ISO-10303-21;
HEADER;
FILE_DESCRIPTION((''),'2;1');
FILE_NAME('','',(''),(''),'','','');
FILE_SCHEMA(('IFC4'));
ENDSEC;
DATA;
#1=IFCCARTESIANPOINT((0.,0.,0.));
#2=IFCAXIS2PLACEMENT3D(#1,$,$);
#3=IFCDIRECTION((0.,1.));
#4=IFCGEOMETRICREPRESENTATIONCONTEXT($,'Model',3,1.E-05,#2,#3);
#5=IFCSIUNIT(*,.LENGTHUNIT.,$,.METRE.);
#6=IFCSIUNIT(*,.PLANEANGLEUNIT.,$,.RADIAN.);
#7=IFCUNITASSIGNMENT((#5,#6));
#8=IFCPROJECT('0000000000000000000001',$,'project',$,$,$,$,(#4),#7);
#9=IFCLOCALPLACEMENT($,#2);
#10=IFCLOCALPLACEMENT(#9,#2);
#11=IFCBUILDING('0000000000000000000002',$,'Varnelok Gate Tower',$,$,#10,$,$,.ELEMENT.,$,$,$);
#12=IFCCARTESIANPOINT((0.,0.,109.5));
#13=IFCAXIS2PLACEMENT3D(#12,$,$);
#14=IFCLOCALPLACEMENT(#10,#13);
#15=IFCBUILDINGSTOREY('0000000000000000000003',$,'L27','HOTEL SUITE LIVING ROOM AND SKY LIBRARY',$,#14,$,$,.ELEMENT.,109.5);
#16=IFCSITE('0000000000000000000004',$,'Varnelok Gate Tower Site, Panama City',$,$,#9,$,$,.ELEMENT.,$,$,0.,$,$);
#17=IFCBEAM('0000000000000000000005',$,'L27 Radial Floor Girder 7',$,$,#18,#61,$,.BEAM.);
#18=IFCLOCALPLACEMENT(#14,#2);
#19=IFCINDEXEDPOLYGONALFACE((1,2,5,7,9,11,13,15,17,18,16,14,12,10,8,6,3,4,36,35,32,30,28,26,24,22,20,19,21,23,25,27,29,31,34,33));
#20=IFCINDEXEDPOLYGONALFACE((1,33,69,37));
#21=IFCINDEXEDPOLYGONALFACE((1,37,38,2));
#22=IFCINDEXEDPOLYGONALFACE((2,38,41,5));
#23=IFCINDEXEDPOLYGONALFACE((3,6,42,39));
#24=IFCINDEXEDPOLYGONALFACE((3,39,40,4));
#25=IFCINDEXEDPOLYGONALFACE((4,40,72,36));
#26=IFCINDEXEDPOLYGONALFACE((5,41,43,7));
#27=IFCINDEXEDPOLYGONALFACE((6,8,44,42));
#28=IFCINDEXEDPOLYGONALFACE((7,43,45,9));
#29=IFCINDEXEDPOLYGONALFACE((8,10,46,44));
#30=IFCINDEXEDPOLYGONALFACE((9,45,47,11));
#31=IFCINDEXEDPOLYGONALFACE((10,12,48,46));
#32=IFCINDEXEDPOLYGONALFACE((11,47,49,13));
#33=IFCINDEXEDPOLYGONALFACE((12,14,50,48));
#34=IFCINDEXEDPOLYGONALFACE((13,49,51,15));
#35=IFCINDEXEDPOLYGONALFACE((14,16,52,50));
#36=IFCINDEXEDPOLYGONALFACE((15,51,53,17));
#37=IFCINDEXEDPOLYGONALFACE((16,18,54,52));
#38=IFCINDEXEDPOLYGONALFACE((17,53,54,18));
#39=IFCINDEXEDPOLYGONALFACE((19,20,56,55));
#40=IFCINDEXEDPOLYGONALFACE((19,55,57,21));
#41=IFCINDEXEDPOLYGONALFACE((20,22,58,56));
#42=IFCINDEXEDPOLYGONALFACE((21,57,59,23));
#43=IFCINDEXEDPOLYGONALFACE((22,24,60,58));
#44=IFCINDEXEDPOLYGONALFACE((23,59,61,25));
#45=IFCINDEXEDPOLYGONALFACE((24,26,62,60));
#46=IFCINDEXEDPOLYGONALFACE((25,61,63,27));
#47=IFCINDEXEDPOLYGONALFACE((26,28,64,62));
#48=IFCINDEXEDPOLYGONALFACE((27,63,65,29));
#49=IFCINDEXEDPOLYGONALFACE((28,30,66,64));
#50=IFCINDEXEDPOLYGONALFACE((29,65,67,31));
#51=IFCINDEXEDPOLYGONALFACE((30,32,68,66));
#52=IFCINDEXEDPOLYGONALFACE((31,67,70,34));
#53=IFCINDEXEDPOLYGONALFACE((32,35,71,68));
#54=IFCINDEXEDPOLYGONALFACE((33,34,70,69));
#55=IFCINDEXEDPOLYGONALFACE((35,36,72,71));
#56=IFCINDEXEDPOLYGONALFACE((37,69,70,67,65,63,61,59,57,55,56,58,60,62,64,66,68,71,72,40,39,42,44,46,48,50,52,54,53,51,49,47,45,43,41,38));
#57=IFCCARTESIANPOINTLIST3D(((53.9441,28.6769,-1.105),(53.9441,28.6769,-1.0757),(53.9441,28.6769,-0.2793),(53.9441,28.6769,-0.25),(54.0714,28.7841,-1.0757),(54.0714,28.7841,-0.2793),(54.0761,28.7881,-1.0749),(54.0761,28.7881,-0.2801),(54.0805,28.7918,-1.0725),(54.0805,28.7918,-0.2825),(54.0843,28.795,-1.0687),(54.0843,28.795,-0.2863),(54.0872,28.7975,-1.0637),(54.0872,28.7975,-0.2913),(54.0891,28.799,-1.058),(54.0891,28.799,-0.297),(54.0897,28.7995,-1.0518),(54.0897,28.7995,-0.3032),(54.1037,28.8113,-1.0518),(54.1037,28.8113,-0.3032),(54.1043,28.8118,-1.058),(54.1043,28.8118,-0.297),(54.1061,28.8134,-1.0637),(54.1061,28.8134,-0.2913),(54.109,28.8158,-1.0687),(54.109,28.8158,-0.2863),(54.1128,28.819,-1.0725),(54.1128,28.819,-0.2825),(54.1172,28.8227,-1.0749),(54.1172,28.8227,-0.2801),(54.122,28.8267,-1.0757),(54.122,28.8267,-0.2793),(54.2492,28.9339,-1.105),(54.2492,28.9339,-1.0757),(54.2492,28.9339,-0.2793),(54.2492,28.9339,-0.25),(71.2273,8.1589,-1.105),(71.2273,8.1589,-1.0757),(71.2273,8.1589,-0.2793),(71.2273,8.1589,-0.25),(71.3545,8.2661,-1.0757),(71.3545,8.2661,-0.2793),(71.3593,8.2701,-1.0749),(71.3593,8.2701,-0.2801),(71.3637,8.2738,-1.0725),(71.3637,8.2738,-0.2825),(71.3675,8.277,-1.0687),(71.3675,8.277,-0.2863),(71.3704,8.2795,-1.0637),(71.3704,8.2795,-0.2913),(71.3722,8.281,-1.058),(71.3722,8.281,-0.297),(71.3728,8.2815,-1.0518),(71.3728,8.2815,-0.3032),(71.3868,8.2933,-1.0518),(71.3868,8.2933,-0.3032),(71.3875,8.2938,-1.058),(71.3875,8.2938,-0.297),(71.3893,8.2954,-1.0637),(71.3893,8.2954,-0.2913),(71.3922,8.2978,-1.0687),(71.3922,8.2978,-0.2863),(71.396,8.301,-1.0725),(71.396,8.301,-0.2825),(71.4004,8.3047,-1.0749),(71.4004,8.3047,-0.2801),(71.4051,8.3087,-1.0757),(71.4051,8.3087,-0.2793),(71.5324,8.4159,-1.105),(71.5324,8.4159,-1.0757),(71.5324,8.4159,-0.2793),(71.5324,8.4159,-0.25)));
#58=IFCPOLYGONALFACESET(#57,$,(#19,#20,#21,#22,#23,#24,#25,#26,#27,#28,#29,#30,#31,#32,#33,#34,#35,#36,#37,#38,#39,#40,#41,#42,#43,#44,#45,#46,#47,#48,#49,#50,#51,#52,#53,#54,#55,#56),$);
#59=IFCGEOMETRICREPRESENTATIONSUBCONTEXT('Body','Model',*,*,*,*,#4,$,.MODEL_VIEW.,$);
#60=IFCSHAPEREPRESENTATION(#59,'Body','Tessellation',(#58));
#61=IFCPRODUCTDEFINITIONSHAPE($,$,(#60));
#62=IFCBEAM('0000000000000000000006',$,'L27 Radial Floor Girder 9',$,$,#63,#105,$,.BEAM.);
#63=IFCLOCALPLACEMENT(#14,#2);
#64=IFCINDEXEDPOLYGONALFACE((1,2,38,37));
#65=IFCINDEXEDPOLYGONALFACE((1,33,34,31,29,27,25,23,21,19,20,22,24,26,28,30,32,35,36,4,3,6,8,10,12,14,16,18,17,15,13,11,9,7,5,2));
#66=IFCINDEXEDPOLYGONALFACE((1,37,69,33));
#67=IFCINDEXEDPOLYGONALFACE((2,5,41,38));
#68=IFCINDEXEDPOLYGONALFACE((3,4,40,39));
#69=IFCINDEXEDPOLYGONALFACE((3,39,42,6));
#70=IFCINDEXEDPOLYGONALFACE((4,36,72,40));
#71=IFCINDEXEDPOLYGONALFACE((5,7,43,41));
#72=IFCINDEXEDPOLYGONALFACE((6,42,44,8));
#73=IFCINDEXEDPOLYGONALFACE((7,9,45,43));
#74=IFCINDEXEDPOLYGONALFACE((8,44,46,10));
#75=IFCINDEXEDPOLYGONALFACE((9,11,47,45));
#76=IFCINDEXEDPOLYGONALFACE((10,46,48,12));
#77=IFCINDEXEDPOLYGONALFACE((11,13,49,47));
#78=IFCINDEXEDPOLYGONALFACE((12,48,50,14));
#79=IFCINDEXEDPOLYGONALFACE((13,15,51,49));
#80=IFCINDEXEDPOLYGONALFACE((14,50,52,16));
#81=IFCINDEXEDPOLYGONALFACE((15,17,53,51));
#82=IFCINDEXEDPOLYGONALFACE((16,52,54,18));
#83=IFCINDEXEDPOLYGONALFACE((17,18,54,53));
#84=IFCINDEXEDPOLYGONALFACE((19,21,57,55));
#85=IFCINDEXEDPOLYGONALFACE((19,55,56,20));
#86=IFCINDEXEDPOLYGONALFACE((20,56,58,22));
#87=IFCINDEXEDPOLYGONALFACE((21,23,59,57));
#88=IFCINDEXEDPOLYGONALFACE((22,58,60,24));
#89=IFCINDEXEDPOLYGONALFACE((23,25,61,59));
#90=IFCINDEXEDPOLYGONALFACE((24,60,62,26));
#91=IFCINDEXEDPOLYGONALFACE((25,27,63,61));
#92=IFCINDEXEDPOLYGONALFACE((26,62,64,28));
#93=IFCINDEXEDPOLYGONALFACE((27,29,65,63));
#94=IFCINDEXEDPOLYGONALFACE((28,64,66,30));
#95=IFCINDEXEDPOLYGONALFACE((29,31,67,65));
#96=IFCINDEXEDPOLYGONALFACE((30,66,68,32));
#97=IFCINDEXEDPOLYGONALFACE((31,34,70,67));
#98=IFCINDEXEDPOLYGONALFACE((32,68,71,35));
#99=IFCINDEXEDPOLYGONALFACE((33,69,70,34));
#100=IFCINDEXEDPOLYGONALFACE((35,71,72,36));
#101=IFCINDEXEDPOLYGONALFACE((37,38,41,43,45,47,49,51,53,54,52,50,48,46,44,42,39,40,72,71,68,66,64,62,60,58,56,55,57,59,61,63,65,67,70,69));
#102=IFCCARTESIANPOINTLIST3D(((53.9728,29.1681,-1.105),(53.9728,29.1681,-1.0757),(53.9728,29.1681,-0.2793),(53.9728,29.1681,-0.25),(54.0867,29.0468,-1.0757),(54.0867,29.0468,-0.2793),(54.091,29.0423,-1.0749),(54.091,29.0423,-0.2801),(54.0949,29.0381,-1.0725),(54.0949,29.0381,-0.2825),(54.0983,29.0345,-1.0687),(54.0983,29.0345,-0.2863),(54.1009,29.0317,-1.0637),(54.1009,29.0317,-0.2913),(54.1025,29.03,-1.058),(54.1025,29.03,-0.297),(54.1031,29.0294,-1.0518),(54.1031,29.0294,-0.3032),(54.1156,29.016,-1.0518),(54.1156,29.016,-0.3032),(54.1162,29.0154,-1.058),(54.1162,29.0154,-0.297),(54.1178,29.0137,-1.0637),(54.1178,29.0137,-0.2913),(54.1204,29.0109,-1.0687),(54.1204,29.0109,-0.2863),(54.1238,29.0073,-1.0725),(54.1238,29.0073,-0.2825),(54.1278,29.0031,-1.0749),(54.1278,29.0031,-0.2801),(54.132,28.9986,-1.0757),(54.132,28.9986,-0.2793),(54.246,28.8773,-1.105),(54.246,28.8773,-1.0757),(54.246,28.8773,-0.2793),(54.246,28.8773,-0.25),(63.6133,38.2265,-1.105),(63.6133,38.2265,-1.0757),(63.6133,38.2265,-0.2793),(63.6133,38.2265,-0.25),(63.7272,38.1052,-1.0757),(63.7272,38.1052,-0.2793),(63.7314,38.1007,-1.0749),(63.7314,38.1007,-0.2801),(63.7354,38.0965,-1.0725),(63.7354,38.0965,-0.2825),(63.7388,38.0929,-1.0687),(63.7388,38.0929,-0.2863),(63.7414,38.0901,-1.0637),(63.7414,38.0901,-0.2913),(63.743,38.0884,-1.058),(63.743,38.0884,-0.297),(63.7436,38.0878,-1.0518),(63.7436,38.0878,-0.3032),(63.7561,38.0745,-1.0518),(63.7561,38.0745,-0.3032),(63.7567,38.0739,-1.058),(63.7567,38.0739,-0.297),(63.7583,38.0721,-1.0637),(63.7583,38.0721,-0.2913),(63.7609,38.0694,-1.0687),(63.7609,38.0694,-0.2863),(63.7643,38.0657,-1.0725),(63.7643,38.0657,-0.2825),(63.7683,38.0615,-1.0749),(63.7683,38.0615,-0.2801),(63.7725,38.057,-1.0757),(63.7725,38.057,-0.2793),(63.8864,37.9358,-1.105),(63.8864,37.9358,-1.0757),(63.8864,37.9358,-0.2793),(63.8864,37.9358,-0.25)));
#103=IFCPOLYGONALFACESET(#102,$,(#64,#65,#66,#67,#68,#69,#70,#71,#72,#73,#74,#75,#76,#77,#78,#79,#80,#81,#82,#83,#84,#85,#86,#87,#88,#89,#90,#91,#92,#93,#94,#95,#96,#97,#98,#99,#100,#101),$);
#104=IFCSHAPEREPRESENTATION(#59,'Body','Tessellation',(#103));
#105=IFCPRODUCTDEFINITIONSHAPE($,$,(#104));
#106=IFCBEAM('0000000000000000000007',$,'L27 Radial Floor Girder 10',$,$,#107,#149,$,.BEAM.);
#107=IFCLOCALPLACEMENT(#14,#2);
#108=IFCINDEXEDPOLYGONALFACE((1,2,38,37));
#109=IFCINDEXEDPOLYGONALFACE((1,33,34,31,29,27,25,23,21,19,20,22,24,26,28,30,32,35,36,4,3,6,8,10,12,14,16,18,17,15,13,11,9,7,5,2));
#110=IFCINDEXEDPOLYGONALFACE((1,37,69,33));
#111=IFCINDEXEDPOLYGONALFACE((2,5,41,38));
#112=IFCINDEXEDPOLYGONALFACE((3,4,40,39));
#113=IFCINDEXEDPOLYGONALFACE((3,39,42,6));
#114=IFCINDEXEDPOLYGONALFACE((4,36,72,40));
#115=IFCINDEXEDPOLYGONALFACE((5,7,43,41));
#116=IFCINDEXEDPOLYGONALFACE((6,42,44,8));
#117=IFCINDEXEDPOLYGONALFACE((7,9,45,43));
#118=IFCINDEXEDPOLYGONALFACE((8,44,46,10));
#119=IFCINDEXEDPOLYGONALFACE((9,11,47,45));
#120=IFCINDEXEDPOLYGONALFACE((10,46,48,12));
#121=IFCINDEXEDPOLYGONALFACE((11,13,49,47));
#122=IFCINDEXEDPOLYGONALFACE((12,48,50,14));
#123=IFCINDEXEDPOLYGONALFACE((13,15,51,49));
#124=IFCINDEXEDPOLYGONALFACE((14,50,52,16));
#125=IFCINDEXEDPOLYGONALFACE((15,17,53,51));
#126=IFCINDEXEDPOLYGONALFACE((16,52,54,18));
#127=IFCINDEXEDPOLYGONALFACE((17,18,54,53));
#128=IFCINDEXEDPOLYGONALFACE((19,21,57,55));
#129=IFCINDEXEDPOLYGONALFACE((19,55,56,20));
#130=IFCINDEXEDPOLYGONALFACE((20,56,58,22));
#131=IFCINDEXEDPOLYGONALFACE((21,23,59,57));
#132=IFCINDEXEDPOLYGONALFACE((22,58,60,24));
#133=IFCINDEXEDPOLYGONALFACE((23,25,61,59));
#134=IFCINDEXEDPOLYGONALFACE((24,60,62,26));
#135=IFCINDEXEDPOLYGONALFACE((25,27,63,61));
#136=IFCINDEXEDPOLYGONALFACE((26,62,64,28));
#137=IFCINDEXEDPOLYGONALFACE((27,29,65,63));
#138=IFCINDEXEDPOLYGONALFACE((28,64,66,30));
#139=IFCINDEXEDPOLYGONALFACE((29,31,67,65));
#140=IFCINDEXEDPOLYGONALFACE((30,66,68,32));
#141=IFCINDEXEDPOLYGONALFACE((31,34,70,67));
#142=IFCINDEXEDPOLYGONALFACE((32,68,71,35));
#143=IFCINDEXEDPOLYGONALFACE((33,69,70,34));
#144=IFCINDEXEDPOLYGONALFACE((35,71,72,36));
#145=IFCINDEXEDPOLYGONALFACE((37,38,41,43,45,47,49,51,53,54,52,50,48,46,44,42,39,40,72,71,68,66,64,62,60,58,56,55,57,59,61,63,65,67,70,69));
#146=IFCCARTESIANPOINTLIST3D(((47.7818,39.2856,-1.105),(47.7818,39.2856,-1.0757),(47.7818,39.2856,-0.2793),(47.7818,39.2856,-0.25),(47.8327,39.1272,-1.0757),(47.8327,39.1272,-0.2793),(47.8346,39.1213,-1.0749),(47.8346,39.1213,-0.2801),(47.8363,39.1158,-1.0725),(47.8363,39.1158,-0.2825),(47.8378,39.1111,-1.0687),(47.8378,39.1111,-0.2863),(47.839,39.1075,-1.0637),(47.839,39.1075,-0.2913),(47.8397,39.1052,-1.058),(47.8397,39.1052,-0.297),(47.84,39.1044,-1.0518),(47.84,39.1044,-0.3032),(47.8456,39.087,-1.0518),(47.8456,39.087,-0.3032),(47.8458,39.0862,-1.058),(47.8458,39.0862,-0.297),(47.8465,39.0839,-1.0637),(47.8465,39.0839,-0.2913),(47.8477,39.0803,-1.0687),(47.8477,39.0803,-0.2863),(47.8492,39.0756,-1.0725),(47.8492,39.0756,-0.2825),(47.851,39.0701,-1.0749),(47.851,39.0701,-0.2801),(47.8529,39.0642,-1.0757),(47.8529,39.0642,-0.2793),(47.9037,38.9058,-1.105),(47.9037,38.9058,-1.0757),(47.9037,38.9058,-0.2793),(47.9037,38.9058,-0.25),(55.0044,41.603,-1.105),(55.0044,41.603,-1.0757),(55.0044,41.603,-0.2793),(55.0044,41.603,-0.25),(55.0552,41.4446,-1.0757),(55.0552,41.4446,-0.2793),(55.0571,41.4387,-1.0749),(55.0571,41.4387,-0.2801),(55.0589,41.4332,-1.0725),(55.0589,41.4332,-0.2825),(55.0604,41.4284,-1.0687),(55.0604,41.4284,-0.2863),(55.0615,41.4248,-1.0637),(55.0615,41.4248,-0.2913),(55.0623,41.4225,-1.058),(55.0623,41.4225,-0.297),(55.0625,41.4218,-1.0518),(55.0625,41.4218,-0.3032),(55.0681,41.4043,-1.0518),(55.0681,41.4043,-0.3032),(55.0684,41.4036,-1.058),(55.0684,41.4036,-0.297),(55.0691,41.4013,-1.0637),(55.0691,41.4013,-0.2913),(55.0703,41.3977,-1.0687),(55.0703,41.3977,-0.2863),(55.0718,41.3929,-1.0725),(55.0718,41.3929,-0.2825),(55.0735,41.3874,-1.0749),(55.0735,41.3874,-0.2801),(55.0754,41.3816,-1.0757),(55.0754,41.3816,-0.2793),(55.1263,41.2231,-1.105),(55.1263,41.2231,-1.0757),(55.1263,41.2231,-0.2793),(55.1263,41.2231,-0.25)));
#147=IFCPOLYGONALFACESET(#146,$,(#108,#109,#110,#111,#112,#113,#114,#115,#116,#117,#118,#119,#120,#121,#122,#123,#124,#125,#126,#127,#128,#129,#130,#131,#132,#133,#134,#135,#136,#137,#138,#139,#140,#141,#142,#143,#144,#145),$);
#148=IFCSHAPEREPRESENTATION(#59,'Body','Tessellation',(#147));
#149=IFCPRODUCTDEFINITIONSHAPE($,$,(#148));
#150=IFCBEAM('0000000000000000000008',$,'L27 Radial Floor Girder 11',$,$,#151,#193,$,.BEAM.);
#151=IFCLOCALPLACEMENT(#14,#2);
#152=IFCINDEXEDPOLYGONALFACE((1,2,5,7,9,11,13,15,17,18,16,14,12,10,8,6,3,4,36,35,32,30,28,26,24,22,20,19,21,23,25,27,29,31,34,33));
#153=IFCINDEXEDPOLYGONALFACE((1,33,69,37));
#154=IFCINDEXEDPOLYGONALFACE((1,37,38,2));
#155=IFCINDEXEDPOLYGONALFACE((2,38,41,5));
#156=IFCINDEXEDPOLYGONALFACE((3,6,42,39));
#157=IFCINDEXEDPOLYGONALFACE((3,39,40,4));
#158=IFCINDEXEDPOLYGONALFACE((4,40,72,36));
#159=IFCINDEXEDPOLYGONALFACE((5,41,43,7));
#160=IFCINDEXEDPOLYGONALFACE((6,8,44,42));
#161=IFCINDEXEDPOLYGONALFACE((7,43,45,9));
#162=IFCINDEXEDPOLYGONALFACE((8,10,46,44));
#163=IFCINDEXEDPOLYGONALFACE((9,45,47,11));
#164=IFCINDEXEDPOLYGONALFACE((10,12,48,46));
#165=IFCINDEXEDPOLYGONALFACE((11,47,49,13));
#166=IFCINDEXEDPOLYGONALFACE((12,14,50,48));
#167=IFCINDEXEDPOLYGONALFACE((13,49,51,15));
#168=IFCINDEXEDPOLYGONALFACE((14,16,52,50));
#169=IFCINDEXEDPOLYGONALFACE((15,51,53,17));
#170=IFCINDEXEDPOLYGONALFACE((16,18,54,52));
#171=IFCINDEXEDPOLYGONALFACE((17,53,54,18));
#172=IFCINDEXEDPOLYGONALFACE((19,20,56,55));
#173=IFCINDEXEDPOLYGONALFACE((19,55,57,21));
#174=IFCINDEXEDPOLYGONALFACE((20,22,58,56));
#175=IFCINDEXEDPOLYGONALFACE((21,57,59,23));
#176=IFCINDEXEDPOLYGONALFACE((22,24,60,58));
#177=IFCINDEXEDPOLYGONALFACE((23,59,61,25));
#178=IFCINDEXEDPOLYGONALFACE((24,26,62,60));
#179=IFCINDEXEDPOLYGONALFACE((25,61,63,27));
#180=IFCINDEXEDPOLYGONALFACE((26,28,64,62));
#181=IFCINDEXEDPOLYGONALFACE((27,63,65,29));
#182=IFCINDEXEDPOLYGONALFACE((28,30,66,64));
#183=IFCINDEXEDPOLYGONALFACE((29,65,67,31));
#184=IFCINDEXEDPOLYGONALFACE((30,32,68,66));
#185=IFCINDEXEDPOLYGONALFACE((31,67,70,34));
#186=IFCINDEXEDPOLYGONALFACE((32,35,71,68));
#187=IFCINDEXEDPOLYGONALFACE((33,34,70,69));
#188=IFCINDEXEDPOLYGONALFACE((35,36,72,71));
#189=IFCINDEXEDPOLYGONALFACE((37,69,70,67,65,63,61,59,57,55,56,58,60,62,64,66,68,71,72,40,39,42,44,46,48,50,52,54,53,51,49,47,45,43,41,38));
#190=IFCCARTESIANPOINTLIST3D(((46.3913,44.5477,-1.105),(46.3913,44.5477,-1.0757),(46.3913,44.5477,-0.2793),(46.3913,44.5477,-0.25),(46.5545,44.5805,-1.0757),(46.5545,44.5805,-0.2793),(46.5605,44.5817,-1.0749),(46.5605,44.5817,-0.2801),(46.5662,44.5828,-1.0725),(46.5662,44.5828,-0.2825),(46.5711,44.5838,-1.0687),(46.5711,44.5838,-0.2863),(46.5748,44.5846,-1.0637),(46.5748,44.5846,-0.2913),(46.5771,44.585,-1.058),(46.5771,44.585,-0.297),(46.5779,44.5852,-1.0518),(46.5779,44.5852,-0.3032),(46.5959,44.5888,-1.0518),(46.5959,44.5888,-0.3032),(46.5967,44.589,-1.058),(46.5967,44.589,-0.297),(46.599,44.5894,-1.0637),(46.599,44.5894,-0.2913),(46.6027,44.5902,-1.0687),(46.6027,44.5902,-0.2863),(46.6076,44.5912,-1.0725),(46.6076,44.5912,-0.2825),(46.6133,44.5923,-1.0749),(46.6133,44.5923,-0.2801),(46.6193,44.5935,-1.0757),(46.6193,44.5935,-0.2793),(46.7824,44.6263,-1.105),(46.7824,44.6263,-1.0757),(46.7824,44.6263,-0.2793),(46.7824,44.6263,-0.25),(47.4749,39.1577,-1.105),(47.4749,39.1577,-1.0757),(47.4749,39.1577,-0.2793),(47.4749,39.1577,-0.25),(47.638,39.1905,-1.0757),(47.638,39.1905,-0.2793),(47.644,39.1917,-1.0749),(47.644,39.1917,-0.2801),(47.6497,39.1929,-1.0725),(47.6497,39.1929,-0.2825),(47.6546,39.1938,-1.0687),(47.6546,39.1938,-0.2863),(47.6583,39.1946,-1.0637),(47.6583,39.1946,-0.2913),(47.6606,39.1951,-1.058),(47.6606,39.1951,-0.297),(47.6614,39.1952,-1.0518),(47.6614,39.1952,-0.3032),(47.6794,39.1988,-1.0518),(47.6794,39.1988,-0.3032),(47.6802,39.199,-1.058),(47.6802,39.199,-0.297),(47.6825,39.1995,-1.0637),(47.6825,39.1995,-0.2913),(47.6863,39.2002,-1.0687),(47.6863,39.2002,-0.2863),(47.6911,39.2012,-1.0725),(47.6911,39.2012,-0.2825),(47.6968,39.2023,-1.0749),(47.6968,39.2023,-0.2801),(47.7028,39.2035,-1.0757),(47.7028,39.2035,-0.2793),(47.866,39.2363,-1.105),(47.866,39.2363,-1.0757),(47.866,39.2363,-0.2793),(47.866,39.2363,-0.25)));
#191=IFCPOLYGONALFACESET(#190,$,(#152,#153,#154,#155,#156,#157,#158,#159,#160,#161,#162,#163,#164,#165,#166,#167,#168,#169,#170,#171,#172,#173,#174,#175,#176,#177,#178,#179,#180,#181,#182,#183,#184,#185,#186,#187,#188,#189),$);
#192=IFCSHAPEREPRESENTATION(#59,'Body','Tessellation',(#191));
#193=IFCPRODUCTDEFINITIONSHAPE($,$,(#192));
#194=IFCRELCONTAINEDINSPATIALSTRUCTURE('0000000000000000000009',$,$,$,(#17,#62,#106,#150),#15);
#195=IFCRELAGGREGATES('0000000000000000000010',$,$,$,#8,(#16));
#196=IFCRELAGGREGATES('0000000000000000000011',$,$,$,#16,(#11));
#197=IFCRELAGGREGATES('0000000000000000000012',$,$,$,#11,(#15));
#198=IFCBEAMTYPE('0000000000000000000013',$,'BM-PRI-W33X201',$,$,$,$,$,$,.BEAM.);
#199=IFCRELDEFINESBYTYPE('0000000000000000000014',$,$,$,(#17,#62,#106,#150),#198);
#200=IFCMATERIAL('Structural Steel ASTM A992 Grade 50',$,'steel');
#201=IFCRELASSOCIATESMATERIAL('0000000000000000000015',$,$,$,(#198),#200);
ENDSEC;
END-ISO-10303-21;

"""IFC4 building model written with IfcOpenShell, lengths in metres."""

from ifc_helpers import new_model, si_unit, direction, frame, origin, origin_2d, place, context, subcontext, project, spatial, i_section, extrude, material, material_profile, profile_set, type_object, element, save


model = new_model("IFC4")

# Units and contexts
model_context = context("Model", 3, precision=1e-05, world=origin(), true_north=direction((0.0, 1.0)))
body_context = subcontext(model_context, "Body", "Model", "MODEL_VIEW")
ifc_project = project(units=[si_unit("LENGTHUNIT", "METRE"), si_unit("PLANEANGLEUNIT", "RADIAN")], contexts=[model_context])

# Site, building, storey
site_placement = place(None, origin())
site = spatial("IfcSite", under=ifc_project, at=site_placement, Name="Varnelok Gate Tower Site, Panama City", CompositionType="ELEMENT", RefElevation=0.0)
building_placement = place(site_placement, origin())
building = spatial("IfcBuilding", under=site, at=building_placement, Name="Varnelok Gate Tower", CompositionType="ELEMENT")
storey_placement = place(building_placement, frame((0.0, 0.0, 109.5)))
storey = spatial("IfcBuildingStorey", under=building, at=storey_placement, Name="L27", Description="HOTEL SUITE LIVING ROOM AND SKY LIBRARY", CompositionType="ELEMENT", Elevation=109.5)

# Shared definitions
ifc_material_1 = material(Name="Structural Steel ASTM A992 Grade 50", Category="steel")

# Beams
ifc_material_profile_1 = material_profile(ifc_material_1, i_section(OverallWidth=0.3989, OverallDepth=0.855, WebThickness=0.0183, FlangeThickness=0.0293, FilletRadius=0.0239, at=origin_2d()), Name="W33X201")
ifc_profile_set_1 = profile_set([ifc_material_profile_1], Name="Structural Steel ASTM A992 Grade 50")
beam_type_1 = type_object("IfcBeamType", Name="BM-PRI-W33X201", PredefinedType="BEAM", material=ifc_profile_set_1)
beam_1_placement = place(storey_placement, frame((54.0967, 28.8054, -0.6775), z_axis=(0.644241, -0.764822, 0.0), x_axis=(0.764822, 0.644241, 0.0)))
element("IfcBeam", 1, at=beam_1_placement, inside=storey, type_object=beam_type_1, Name="L27 Radial Floor Girder 7", PredefinedType="BEAM", context=body_context, shape_type="SweptSolid", body=[
    extrude(i_section(OverallWidth=0.3989, OverallDepth=0.855, WebThickness=0.0183, FlangeThickness=0.0293, FilletRadius=0.0239, at=origin_2d()), origin(), (0.0, 0.0, 1.0), 26.8271),
])
beam_2_placement = place(storey_placement, frame((54.1094, 29.0227, -0.6775), z_axis=(0.728764, 0.684765, 0.0), x_axis=(-0.684765, 0.728764, 0.0)))
element("IfcBeam", 2, at=beam_2_placement, inside=storey, type_object=beam_type_1, Name="L27 Radial Floor Girder 9", PredefinedType="BEAM", context=body_context, shape_type="SweptSolid", body=[
    extrude(i_section(OverallWidth=0.3989, OverallDepth=0.855, WebThickness=0.0183, FlangeThickness=0.0293, FilletRadius=0.0239, at=origin_2d()), origin(), (0.0, 0.0, 1.0), 13.2285),
])
beam_3_placement = place(storey_placement, frame((47.8428, 39.0957, -0.6775), z_axis=(0.952189, 0.305509, 0.0), x_axis=(-0.305509, 0.952189, 0.0)))
element("IfcBeam", 3, at=beam_3_placement, inside=storey, type_object=beam_type_1, Name="L27 Radial Floor Girder 10", PredefinedType="BEAM", context=body_context, shape_type="SweptSolid", body=[
    extrude(i_section(OverallWidth=0.3989, OverallDepth=0.855, WebThickness=0.0183, FlangeThickness=0.0293, FilletRadius=0.0239, at=origin_2d()), origin(), (0.0, 0.0, 1.0), 7.5852),
])
beam_4_placement = place(storey_placement, frame((47.6704, 39.197, -0.6775), z_axis=(-0.197081, 0.980387, 0.0), x_axis=(-0.980387, -0.197081, 0.0)))
element("IfcBeam", 4, at=beam_4_placement, inside=storey, type_object=beam_type_1, Name="L27 Radial Floor Girder 11", PredefinedType="BEAM", context=body_context, shape_type="SweptSolid", body=[
    extrude(i_section(OverallWidth=0.3989, OverallDepth=0.855, WebThickness=0.0183, FlangeThickness=0.0293, FilletRadius=0.0239, at=origin_2d()), origin(), (0.0, 0.0, 1.0), 5.4978),
])

save(model, "model.ifc")
